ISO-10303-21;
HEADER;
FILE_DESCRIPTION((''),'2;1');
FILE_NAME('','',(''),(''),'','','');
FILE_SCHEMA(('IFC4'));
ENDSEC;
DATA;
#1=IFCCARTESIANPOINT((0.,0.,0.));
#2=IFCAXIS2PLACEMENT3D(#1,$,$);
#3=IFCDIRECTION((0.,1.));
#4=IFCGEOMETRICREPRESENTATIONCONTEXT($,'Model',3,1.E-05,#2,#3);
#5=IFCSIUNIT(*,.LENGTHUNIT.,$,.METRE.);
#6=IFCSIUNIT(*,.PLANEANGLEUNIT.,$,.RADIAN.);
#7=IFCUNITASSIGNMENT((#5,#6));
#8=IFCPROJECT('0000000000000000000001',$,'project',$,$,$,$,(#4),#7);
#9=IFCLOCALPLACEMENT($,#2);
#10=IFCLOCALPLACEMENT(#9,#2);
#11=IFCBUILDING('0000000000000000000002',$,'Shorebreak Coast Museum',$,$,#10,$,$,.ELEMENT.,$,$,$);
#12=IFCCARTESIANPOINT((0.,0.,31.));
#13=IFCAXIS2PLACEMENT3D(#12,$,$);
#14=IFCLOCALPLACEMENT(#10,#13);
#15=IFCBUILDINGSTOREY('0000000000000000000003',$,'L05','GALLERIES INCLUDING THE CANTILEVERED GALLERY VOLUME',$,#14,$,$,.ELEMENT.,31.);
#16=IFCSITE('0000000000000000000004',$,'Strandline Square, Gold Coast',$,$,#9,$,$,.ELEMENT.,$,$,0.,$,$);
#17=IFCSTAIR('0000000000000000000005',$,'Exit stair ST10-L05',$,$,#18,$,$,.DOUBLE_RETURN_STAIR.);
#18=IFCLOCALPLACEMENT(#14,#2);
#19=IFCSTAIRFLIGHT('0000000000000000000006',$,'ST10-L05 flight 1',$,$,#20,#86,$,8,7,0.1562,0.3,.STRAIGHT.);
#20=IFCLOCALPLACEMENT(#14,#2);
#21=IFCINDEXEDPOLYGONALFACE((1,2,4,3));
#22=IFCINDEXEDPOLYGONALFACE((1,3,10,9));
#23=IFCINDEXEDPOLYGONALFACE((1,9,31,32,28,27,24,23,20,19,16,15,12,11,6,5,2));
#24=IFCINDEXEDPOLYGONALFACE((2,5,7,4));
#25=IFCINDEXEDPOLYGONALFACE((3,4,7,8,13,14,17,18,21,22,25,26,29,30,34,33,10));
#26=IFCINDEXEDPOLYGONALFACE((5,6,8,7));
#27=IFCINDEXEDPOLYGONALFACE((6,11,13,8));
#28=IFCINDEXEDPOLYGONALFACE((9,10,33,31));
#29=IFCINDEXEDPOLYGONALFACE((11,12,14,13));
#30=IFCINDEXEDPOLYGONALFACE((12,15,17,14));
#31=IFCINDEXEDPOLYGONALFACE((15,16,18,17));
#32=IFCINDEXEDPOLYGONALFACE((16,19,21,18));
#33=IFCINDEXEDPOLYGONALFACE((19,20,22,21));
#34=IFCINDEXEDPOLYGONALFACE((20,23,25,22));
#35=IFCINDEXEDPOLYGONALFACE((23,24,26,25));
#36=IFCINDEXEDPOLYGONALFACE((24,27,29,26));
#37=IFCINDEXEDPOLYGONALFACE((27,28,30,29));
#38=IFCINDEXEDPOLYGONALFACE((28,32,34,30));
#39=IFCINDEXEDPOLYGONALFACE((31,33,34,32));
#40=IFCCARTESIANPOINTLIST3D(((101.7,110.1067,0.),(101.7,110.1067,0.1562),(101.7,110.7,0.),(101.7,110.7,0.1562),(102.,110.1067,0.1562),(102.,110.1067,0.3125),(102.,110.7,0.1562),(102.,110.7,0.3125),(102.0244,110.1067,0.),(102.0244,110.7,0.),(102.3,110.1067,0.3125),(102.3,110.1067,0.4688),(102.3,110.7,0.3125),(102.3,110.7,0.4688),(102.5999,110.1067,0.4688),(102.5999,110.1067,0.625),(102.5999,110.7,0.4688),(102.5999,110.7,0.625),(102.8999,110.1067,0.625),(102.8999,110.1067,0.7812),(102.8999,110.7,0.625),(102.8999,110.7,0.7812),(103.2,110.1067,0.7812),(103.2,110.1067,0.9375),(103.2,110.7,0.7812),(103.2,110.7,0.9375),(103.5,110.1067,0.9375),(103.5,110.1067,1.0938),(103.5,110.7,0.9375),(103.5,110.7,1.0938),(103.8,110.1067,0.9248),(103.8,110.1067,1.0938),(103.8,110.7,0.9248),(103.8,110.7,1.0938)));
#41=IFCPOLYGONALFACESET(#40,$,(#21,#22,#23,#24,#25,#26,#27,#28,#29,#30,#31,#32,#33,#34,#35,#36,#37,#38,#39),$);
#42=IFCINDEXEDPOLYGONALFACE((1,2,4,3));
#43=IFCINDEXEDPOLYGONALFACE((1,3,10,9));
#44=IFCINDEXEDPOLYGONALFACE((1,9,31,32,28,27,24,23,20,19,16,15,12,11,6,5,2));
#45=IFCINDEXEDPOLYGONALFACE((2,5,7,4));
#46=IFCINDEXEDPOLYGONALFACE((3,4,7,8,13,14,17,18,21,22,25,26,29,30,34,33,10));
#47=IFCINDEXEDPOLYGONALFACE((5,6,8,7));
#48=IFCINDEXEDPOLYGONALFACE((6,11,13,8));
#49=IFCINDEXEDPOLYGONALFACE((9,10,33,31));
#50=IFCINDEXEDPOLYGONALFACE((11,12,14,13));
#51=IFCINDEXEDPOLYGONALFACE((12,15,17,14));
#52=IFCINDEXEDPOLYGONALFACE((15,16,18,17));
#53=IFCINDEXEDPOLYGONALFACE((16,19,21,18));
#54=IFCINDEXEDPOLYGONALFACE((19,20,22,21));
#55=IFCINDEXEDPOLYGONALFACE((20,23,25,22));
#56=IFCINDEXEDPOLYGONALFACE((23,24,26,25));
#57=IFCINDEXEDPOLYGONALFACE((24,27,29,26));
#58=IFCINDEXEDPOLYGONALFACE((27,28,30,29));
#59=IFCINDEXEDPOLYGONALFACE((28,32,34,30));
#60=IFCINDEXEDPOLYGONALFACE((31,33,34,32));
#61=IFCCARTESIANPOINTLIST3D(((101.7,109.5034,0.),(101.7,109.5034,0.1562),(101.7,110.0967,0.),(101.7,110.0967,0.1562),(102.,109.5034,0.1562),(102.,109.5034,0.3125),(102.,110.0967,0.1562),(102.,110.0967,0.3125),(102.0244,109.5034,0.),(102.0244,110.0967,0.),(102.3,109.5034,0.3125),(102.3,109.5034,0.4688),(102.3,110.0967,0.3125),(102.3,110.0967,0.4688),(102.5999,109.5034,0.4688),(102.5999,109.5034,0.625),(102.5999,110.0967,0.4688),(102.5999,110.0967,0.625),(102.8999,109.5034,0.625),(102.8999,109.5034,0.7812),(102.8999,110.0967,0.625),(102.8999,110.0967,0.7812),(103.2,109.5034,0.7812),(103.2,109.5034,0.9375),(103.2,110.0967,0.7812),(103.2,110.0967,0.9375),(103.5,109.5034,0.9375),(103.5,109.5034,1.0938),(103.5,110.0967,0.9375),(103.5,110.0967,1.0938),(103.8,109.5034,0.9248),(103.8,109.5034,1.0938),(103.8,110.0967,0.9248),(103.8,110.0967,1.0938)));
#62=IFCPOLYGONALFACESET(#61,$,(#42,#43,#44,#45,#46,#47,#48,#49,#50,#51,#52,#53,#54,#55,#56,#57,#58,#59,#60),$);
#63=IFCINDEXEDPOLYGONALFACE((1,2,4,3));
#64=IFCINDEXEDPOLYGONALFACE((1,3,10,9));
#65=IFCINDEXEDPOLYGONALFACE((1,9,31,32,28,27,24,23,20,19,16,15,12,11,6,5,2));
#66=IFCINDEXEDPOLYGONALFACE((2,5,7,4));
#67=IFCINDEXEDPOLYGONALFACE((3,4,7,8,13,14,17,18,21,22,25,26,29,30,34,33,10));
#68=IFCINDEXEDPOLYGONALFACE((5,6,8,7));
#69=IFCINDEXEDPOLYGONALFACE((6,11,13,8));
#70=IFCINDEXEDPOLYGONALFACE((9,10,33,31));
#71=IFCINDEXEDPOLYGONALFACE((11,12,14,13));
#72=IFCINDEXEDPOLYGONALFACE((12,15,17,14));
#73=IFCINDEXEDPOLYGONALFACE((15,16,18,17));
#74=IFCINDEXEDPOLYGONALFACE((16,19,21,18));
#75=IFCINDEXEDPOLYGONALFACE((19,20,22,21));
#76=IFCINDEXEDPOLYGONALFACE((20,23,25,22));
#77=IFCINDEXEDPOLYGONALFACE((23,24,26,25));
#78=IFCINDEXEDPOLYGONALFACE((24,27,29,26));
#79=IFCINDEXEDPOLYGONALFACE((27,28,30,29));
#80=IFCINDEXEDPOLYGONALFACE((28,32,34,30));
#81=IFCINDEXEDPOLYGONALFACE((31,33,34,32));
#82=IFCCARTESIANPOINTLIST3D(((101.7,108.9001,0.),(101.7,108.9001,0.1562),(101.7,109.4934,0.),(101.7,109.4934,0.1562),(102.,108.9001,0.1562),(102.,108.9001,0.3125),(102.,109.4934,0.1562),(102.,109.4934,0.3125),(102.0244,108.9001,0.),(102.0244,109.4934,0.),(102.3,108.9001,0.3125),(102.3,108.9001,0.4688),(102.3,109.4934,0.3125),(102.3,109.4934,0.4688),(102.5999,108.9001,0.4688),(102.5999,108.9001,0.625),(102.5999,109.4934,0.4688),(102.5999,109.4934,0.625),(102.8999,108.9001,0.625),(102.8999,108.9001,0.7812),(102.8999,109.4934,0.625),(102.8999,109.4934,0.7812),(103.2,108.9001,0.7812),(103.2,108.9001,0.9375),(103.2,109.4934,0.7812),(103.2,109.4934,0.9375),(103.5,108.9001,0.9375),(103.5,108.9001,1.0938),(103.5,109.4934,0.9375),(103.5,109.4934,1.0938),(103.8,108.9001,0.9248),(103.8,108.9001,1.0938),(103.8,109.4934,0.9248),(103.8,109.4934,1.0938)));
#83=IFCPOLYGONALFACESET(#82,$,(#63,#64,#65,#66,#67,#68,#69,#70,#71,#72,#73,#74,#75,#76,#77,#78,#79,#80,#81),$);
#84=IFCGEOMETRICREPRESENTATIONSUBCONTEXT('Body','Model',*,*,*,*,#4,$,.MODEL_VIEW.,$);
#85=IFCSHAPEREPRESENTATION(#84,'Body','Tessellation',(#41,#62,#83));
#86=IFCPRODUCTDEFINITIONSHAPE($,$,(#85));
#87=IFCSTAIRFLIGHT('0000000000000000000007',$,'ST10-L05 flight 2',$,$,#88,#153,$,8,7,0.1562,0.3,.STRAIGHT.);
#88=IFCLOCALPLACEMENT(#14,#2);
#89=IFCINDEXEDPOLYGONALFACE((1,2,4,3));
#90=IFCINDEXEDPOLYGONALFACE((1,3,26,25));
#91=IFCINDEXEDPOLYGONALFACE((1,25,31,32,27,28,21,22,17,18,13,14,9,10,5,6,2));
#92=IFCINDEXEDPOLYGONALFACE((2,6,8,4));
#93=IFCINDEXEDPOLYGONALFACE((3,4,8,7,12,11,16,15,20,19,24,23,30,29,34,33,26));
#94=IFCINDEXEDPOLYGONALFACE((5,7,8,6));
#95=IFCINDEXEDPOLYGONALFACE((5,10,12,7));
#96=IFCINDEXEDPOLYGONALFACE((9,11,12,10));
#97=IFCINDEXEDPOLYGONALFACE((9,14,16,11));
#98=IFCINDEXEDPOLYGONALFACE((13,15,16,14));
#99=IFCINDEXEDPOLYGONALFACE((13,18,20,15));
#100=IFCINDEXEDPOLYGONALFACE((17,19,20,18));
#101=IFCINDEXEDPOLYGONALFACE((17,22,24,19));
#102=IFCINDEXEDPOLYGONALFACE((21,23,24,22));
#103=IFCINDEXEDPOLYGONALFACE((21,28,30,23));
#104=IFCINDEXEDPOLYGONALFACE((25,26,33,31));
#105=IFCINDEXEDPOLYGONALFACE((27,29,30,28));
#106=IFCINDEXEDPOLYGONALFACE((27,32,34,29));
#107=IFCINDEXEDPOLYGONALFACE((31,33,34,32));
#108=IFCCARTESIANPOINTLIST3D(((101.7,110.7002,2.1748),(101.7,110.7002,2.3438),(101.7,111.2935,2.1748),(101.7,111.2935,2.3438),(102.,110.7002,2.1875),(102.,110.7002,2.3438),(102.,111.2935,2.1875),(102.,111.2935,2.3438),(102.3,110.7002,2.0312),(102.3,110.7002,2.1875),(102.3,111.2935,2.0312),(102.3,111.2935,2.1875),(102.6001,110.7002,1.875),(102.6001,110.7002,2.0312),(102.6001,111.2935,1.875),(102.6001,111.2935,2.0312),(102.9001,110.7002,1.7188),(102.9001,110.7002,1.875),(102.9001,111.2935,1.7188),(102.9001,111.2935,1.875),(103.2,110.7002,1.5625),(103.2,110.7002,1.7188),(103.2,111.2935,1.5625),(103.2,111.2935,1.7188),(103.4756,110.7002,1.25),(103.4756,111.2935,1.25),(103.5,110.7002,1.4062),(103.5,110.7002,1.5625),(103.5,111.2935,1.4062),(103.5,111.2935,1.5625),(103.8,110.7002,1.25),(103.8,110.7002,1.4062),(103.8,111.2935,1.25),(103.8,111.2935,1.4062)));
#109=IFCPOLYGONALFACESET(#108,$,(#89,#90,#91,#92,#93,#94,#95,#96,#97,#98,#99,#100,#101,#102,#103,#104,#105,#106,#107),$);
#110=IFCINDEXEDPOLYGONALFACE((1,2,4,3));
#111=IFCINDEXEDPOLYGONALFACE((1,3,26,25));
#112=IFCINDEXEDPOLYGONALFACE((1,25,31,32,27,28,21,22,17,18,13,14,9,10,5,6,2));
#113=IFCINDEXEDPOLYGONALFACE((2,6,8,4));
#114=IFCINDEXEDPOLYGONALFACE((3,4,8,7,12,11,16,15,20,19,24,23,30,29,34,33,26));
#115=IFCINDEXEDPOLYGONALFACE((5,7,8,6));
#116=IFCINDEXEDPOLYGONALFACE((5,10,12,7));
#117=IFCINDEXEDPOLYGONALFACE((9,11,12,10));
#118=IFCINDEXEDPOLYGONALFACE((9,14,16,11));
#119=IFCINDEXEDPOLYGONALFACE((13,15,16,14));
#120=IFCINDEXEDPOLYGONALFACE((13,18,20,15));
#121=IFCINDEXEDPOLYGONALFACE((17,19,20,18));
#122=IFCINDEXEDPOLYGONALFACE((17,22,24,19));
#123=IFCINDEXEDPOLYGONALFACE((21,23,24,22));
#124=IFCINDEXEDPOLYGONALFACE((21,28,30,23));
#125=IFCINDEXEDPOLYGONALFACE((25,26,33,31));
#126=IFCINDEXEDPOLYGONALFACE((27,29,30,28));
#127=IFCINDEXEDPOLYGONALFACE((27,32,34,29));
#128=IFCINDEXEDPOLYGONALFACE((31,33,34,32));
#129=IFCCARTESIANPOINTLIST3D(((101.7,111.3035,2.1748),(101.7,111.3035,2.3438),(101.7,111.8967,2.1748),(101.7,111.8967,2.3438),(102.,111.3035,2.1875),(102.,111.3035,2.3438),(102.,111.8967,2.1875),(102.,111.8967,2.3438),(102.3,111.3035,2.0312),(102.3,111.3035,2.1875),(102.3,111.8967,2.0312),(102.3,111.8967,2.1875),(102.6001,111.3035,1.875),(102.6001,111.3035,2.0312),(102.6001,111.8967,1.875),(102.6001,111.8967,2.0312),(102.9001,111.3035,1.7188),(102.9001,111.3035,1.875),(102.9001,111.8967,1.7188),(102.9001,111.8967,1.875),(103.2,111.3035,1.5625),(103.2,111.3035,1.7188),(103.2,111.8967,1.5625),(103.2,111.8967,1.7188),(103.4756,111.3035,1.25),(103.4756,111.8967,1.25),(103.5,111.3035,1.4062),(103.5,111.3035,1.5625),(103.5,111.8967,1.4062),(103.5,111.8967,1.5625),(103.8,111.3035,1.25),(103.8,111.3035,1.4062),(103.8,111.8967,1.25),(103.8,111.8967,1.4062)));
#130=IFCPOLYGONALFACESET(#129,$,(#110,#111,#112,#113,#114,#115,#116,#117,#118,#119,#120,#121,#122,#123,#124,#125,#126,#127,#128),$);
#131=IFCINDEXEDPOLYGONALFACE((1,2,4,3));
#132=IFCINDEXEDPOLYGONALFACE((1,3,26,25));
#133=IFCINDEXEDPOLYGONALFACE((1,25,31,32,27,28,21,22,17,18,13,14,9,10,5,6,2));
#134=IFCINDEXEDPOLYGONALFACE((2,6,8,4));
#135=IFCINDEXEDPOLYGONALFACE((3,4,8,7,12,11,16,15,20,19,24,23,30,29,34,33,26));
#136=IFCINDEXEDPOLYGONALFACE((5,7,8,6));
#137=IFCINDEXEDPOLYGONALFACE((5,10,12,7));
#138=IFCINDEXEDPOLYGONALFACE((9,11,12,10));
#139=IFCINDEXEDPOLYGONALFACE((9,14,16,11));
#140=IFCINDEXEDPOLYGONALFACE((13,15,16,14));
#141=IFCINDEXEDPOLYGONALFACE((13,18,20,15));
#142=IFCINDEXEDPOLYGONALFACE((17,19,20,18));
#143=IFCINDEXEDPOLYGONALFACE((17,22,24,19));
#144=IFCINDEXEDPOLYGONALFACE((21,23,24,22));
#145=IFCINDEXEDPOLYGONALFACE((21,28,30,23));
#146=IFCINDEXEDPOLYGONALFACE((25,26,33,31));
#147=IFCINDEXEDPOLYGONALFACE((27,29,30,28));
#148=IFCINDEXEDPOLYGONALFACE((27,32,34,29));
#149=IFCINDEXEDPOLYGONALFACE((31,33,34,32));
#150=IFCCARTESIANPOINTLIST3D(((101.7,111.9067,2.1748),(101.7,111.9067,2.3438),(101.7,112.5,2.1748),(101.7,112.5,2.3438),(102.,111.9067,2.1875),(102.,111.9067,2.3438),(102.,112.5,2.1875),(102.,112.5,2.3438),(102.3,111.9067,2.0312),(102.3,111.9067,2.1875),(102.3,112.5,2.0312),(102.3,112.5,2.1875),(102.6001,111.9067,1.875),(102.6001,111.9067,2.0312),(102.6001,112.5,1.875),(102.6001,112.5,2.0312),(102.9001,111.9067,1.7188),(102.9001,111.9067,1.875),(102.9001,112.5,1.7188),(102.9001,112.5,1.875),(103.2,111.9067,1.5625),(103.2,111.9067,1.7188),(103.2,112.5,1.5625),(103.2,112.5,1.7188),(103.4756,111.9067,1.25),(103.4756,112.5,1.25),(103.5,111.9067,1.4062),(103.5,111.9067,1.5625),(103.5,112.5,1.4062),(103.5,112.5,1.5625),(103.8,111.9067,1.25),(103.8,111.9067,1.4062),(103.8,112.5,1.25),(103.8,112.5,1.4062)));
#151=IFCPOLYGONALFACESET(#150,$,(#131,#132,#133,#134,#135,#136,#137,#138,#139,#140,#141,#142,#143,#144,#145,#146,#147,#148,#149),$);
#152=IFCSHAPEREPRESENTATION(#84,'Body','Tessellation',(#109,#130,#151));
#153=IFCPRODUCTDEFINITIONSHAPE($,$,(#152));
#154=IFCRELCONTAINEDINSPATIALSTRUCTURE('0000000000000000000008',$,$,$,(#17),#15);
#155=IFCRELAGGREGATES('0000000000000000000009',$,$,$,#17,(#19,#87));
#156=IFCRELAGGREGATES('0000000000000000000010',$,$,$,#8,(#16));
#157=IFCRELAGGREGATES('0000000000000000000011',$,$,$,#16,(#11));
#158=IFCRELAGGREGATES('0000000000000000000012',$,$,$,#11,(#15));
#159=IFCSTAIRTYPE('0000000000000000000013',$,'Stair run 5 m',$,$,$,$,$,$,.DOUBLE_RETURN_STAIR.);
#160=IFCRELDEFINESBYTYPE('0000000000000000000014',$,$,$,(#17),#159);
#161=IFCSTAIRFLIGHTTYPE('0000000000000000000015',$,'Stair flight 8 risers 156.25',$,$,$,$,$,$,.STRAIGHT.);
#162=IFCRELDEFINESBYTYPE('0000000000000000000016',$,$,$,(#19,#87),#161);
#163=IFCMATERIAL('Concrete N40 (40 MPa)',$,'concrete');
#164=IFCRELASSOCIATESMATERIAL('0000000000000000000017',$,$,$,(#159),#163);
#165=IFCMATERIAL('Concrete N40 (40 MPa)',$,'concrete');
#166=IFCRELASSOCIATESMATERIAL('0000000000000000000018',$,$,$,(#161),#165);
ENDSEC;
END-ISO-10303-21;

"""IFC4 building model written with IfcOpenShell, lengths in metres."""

from ifc_helpers import new_model, si_unit, direction, frame, origin, place, context, subcontext, project, spatial, polyline, outline, extrude, material, type_object, element, aggregate, save


model = new_model("IFC4")

# Units and contexts
model_context = context("Model", 3, precision=1e-05, world=origin(), true_north=direction((0.0, 1.0)))
body_context = subcontext(model_context, "Body", "Model", "MODEL_VIEW")
ifc_project = project(units=[si_unit("LENGTHUNIT", "METRE"), si_unit("PLANEANGLEUNIT", "RADIAN")], contexts=[model_context])

# Site, building, storey
site_placement = place(None, origin())
site = spatial("IfcSite", under=ifc_project, at=site_placement, Name="Strandline Square, Gold Coast", CompositionType="ELEMENT", RefElevation=0.0)
building_placement = place(site_placement, origin())
building = spatial("IfcBuilding", under=site, at=building_placement, Name="Shorebreak Coast Museum", CompositionType="ELEMENT")
storey_placement = place(building_placement, frame((0.0, 0.0, 31.0)))
storey = spatial("IfcBuildingStorey", under=building, at=storey_placement, Name="L05", Description="GALLERIES INCLUDING THE CANTILEVERED GALLERY VOLUME", CompositionType="ELEMENT", Elevation=31.0)

# Stair, stair flights
ifc_material_1 = material(Name="Concrete N40 (40 MPa)", Category="concrete")
stair_type = type_object("IfcStairType", Name="Stair run 5 m", PredefinedType="DOUBLE_RETURN_STAIR", material=ifc_material_1)
stair_placement = place(storey_placement, origin())
stair = element("IfcStair", 1, at=stair_placement, inside=storey, type_object=stair_type, Name="Exit stair ST10-L05", PredefinedType="DOUBLE_RETURN_STAIR")
ifc_material_2 = material(Name="Concrete N40 (40 MPa)", Category="concrete")
stair_flight_type = type_object("IfcStairFlightType", Name="Stair flight 8 risers 156.25", PredefinedType="STRAIGHT", material=ifc_material_2)
stair_flight_1_placement = place(storey_placement, frame((101.7, 109.8, 0.0), z_axis=(0.0, 0.0, 1.0), x_axis=(1.0, 0.0, 0.0)))
stair_flight_1 = element("IfcStairFlight", 2, at=stair_flight_1_placement, type_object=stair_flight_type, Name="ST10-L05 flight 1", NumberOfRisers=8, NumberOfTreads=7, PredefinedType="STRAIGHT", RiserHeight=0.1562, TreadLength=0.3, context=body_context, shape_type="SweptSolid", body=[
    extrude(outline(polyline([(0.0, 0.0), (0.0, 0.1562), (0.3, 0.1562), (0.3, 0.3125), (0.6001, 0.3125), (0.6001, 0.4688), (0.8999, 0.4688), (0.8999, 0.625), (1.2, 0.625), (1.2, 0.7812), (1.5, 0.7812), (1.5, 0.9375), (1.8, 0.9375), (1.8, 1.0938), (2.1001, 1.0938), (2.1001, 1.25), (2.1001, 0.9248), (0.3245, 0.0), (0.0, 0.0)])), frame((0.0, 0.8999, 0.0), z_axis=(0.0, -1.0, 0.0), x_axis=(1.0, 0.0, 0.0)), (0.0, 0.0, 1.0), 0.5933),
    extrude(outline(polyline([(0.0, 0.0), (0.0, 0.1562), (0.3, 0.1562), (0.3, 0.3125), (0.6001, 0.3125), (0.6001, 0.4688), (0.8999, 0.4688), (0.8999, 0.625), (1.2, 0.625), (1.2, 0.7812), (1.5, 0.7812), (1.5, 0.9375), (1.8, 0.9375), (1.8, 1.0938), (2.1001, 1.0938), (2.1001, 1.25), (2.1001, 0.9248), (0.3245, 0.0), (0.0, 0.0)])), frame((0.0, 0.2966, 0.0), z_axis=(0.0, -1.0, 0.0), x_axis=(1.0, 0.0, 0.0)), (0.0, 0.0, 1.0), 0.5933),
    extrude(outline(polyline([(0.0, 0.0), (0.0, 0.1562), (0.3, 0.1562), (0.3, 0.3125), (0.6001, 0.3125), (0.6001, 0.4688), (0.8999, 0.4688), (0.8999, 0.625), (1.2, 0.625), (1.2, 0.7812), (1.5, 0.7812), (1.5, 0.9375), (1.8, 0.9375), (1.8, 1.0938), (2.1001, 1.0938), (2.1001, 1.25), (2.1001, 0.9248), (0.3245, 0.0), (0.0, 0.0)])), frame((0.0, -0.3066, 0.0), z_axis=(0.0, -1.0, 0.0), x_axis=(1.0, 0.0, 0.0)), (0.0, 0.0, 1.0), 0.5933),
])
stair_flight_2_placement = place(storey_placement, frame((103.8, 111.6001, 1.25), z_axis=(0.0, 0.0, 1.0), x_axis=(-1.0, 0.0, 0.0)))
stair_flight_2 = element("IfcStairFlight", 3, at=stair_flight_2_placement, type_object=stair_flight_type, Name="ST10-L05 flight 2", NumberOfRisers=8, NumberOfTreads=7, PredefinedType="STRAIGHT", RiserHeight=0.1562, TreadLength=0.3, context=body_context, shape_type="SweptSolid", body=[
    extrude(outline(polyline([(0.0, 0.0), (0.0, 0.1562), (0.3, 0.1562), (0.3, 0.3125), (0.6001, 0.3125), (0.6001, 0.4688), (0.8999, 0.4688), (0.8999, 0.625), (1.2, 0.625), (1.2, 0.7812), (1.5, 0.7812), (1.5, 0.9375), (1.8, 0.9375), (1.8, 1.0938), (2.1001, 1.0938), (2.1001, 1.25), (2.1001, 0.9248), (0.3245, 0.0), (0.0, 0.0)])), frame((0.0, 0.8999, 0.0), z_axis=(0.0, -1.0, 0.0), x_axis=(1.0, 0.0, 0.0)), (0.0, 0.0, 1.0), 0.5933),
    extrude(outline(polyline([(0.0, 0.0), (0.0, 0.1562), (0.3, 0.1562), (0.3, 0.3125), (0.6001, 0.3125), (0.6001, 0.4688), (0.8999, 0.4688), (0.8999, 0.625), (1.2, 0.625), (1.2, 0.7812), (1.5, 0.7812), (1.5, 0.9375), (1.8, 0.9375), (1.8, 1.0938), (2.1001, 1.0938), (2.1001, 1.25), (2.1001, 0.9248), (0.3245, 0.0), (0.0, 0.0)])), frame((0.0, 0.2966, 0.0), z_axis=(0.0, -1.0, 0.0), x_axis=(1.0, 0.0, 0.0)), (0.0, 0.0, 1.0), 0.5933),
    extrude(outline(polyline([(0.0, 0.0), (0.0, 0.1562), (0.3, 0.1562), (0.3, 0.3125), (0.6001, 0.3125), (0.6001, 0.4688), (0.8999, 0.4688), (0.8999, 0.625), (1.2, 0.625), (1.2, 0.7812), (1.5, 0.7812), (1.5, 0.9375), (1.8, 0.9375), (1.8, 1.0938), (2.1001, 1.0938), (2.1001, 1.25), (2.1001, 0.9248), (0.3245, 0.0), (0.0, 0.0)])), frame((0.0, -0.3066, 0.0), z_axis=(0.0, -1.0, 0.0), x_axis=(1.0, 0.0, 0.0)), (0.0, 0.0, 1.0), 0.5933),
])
aggregate(stair, [stair_flight_1, stair_flight_2])

save(model, "model.ifc")
